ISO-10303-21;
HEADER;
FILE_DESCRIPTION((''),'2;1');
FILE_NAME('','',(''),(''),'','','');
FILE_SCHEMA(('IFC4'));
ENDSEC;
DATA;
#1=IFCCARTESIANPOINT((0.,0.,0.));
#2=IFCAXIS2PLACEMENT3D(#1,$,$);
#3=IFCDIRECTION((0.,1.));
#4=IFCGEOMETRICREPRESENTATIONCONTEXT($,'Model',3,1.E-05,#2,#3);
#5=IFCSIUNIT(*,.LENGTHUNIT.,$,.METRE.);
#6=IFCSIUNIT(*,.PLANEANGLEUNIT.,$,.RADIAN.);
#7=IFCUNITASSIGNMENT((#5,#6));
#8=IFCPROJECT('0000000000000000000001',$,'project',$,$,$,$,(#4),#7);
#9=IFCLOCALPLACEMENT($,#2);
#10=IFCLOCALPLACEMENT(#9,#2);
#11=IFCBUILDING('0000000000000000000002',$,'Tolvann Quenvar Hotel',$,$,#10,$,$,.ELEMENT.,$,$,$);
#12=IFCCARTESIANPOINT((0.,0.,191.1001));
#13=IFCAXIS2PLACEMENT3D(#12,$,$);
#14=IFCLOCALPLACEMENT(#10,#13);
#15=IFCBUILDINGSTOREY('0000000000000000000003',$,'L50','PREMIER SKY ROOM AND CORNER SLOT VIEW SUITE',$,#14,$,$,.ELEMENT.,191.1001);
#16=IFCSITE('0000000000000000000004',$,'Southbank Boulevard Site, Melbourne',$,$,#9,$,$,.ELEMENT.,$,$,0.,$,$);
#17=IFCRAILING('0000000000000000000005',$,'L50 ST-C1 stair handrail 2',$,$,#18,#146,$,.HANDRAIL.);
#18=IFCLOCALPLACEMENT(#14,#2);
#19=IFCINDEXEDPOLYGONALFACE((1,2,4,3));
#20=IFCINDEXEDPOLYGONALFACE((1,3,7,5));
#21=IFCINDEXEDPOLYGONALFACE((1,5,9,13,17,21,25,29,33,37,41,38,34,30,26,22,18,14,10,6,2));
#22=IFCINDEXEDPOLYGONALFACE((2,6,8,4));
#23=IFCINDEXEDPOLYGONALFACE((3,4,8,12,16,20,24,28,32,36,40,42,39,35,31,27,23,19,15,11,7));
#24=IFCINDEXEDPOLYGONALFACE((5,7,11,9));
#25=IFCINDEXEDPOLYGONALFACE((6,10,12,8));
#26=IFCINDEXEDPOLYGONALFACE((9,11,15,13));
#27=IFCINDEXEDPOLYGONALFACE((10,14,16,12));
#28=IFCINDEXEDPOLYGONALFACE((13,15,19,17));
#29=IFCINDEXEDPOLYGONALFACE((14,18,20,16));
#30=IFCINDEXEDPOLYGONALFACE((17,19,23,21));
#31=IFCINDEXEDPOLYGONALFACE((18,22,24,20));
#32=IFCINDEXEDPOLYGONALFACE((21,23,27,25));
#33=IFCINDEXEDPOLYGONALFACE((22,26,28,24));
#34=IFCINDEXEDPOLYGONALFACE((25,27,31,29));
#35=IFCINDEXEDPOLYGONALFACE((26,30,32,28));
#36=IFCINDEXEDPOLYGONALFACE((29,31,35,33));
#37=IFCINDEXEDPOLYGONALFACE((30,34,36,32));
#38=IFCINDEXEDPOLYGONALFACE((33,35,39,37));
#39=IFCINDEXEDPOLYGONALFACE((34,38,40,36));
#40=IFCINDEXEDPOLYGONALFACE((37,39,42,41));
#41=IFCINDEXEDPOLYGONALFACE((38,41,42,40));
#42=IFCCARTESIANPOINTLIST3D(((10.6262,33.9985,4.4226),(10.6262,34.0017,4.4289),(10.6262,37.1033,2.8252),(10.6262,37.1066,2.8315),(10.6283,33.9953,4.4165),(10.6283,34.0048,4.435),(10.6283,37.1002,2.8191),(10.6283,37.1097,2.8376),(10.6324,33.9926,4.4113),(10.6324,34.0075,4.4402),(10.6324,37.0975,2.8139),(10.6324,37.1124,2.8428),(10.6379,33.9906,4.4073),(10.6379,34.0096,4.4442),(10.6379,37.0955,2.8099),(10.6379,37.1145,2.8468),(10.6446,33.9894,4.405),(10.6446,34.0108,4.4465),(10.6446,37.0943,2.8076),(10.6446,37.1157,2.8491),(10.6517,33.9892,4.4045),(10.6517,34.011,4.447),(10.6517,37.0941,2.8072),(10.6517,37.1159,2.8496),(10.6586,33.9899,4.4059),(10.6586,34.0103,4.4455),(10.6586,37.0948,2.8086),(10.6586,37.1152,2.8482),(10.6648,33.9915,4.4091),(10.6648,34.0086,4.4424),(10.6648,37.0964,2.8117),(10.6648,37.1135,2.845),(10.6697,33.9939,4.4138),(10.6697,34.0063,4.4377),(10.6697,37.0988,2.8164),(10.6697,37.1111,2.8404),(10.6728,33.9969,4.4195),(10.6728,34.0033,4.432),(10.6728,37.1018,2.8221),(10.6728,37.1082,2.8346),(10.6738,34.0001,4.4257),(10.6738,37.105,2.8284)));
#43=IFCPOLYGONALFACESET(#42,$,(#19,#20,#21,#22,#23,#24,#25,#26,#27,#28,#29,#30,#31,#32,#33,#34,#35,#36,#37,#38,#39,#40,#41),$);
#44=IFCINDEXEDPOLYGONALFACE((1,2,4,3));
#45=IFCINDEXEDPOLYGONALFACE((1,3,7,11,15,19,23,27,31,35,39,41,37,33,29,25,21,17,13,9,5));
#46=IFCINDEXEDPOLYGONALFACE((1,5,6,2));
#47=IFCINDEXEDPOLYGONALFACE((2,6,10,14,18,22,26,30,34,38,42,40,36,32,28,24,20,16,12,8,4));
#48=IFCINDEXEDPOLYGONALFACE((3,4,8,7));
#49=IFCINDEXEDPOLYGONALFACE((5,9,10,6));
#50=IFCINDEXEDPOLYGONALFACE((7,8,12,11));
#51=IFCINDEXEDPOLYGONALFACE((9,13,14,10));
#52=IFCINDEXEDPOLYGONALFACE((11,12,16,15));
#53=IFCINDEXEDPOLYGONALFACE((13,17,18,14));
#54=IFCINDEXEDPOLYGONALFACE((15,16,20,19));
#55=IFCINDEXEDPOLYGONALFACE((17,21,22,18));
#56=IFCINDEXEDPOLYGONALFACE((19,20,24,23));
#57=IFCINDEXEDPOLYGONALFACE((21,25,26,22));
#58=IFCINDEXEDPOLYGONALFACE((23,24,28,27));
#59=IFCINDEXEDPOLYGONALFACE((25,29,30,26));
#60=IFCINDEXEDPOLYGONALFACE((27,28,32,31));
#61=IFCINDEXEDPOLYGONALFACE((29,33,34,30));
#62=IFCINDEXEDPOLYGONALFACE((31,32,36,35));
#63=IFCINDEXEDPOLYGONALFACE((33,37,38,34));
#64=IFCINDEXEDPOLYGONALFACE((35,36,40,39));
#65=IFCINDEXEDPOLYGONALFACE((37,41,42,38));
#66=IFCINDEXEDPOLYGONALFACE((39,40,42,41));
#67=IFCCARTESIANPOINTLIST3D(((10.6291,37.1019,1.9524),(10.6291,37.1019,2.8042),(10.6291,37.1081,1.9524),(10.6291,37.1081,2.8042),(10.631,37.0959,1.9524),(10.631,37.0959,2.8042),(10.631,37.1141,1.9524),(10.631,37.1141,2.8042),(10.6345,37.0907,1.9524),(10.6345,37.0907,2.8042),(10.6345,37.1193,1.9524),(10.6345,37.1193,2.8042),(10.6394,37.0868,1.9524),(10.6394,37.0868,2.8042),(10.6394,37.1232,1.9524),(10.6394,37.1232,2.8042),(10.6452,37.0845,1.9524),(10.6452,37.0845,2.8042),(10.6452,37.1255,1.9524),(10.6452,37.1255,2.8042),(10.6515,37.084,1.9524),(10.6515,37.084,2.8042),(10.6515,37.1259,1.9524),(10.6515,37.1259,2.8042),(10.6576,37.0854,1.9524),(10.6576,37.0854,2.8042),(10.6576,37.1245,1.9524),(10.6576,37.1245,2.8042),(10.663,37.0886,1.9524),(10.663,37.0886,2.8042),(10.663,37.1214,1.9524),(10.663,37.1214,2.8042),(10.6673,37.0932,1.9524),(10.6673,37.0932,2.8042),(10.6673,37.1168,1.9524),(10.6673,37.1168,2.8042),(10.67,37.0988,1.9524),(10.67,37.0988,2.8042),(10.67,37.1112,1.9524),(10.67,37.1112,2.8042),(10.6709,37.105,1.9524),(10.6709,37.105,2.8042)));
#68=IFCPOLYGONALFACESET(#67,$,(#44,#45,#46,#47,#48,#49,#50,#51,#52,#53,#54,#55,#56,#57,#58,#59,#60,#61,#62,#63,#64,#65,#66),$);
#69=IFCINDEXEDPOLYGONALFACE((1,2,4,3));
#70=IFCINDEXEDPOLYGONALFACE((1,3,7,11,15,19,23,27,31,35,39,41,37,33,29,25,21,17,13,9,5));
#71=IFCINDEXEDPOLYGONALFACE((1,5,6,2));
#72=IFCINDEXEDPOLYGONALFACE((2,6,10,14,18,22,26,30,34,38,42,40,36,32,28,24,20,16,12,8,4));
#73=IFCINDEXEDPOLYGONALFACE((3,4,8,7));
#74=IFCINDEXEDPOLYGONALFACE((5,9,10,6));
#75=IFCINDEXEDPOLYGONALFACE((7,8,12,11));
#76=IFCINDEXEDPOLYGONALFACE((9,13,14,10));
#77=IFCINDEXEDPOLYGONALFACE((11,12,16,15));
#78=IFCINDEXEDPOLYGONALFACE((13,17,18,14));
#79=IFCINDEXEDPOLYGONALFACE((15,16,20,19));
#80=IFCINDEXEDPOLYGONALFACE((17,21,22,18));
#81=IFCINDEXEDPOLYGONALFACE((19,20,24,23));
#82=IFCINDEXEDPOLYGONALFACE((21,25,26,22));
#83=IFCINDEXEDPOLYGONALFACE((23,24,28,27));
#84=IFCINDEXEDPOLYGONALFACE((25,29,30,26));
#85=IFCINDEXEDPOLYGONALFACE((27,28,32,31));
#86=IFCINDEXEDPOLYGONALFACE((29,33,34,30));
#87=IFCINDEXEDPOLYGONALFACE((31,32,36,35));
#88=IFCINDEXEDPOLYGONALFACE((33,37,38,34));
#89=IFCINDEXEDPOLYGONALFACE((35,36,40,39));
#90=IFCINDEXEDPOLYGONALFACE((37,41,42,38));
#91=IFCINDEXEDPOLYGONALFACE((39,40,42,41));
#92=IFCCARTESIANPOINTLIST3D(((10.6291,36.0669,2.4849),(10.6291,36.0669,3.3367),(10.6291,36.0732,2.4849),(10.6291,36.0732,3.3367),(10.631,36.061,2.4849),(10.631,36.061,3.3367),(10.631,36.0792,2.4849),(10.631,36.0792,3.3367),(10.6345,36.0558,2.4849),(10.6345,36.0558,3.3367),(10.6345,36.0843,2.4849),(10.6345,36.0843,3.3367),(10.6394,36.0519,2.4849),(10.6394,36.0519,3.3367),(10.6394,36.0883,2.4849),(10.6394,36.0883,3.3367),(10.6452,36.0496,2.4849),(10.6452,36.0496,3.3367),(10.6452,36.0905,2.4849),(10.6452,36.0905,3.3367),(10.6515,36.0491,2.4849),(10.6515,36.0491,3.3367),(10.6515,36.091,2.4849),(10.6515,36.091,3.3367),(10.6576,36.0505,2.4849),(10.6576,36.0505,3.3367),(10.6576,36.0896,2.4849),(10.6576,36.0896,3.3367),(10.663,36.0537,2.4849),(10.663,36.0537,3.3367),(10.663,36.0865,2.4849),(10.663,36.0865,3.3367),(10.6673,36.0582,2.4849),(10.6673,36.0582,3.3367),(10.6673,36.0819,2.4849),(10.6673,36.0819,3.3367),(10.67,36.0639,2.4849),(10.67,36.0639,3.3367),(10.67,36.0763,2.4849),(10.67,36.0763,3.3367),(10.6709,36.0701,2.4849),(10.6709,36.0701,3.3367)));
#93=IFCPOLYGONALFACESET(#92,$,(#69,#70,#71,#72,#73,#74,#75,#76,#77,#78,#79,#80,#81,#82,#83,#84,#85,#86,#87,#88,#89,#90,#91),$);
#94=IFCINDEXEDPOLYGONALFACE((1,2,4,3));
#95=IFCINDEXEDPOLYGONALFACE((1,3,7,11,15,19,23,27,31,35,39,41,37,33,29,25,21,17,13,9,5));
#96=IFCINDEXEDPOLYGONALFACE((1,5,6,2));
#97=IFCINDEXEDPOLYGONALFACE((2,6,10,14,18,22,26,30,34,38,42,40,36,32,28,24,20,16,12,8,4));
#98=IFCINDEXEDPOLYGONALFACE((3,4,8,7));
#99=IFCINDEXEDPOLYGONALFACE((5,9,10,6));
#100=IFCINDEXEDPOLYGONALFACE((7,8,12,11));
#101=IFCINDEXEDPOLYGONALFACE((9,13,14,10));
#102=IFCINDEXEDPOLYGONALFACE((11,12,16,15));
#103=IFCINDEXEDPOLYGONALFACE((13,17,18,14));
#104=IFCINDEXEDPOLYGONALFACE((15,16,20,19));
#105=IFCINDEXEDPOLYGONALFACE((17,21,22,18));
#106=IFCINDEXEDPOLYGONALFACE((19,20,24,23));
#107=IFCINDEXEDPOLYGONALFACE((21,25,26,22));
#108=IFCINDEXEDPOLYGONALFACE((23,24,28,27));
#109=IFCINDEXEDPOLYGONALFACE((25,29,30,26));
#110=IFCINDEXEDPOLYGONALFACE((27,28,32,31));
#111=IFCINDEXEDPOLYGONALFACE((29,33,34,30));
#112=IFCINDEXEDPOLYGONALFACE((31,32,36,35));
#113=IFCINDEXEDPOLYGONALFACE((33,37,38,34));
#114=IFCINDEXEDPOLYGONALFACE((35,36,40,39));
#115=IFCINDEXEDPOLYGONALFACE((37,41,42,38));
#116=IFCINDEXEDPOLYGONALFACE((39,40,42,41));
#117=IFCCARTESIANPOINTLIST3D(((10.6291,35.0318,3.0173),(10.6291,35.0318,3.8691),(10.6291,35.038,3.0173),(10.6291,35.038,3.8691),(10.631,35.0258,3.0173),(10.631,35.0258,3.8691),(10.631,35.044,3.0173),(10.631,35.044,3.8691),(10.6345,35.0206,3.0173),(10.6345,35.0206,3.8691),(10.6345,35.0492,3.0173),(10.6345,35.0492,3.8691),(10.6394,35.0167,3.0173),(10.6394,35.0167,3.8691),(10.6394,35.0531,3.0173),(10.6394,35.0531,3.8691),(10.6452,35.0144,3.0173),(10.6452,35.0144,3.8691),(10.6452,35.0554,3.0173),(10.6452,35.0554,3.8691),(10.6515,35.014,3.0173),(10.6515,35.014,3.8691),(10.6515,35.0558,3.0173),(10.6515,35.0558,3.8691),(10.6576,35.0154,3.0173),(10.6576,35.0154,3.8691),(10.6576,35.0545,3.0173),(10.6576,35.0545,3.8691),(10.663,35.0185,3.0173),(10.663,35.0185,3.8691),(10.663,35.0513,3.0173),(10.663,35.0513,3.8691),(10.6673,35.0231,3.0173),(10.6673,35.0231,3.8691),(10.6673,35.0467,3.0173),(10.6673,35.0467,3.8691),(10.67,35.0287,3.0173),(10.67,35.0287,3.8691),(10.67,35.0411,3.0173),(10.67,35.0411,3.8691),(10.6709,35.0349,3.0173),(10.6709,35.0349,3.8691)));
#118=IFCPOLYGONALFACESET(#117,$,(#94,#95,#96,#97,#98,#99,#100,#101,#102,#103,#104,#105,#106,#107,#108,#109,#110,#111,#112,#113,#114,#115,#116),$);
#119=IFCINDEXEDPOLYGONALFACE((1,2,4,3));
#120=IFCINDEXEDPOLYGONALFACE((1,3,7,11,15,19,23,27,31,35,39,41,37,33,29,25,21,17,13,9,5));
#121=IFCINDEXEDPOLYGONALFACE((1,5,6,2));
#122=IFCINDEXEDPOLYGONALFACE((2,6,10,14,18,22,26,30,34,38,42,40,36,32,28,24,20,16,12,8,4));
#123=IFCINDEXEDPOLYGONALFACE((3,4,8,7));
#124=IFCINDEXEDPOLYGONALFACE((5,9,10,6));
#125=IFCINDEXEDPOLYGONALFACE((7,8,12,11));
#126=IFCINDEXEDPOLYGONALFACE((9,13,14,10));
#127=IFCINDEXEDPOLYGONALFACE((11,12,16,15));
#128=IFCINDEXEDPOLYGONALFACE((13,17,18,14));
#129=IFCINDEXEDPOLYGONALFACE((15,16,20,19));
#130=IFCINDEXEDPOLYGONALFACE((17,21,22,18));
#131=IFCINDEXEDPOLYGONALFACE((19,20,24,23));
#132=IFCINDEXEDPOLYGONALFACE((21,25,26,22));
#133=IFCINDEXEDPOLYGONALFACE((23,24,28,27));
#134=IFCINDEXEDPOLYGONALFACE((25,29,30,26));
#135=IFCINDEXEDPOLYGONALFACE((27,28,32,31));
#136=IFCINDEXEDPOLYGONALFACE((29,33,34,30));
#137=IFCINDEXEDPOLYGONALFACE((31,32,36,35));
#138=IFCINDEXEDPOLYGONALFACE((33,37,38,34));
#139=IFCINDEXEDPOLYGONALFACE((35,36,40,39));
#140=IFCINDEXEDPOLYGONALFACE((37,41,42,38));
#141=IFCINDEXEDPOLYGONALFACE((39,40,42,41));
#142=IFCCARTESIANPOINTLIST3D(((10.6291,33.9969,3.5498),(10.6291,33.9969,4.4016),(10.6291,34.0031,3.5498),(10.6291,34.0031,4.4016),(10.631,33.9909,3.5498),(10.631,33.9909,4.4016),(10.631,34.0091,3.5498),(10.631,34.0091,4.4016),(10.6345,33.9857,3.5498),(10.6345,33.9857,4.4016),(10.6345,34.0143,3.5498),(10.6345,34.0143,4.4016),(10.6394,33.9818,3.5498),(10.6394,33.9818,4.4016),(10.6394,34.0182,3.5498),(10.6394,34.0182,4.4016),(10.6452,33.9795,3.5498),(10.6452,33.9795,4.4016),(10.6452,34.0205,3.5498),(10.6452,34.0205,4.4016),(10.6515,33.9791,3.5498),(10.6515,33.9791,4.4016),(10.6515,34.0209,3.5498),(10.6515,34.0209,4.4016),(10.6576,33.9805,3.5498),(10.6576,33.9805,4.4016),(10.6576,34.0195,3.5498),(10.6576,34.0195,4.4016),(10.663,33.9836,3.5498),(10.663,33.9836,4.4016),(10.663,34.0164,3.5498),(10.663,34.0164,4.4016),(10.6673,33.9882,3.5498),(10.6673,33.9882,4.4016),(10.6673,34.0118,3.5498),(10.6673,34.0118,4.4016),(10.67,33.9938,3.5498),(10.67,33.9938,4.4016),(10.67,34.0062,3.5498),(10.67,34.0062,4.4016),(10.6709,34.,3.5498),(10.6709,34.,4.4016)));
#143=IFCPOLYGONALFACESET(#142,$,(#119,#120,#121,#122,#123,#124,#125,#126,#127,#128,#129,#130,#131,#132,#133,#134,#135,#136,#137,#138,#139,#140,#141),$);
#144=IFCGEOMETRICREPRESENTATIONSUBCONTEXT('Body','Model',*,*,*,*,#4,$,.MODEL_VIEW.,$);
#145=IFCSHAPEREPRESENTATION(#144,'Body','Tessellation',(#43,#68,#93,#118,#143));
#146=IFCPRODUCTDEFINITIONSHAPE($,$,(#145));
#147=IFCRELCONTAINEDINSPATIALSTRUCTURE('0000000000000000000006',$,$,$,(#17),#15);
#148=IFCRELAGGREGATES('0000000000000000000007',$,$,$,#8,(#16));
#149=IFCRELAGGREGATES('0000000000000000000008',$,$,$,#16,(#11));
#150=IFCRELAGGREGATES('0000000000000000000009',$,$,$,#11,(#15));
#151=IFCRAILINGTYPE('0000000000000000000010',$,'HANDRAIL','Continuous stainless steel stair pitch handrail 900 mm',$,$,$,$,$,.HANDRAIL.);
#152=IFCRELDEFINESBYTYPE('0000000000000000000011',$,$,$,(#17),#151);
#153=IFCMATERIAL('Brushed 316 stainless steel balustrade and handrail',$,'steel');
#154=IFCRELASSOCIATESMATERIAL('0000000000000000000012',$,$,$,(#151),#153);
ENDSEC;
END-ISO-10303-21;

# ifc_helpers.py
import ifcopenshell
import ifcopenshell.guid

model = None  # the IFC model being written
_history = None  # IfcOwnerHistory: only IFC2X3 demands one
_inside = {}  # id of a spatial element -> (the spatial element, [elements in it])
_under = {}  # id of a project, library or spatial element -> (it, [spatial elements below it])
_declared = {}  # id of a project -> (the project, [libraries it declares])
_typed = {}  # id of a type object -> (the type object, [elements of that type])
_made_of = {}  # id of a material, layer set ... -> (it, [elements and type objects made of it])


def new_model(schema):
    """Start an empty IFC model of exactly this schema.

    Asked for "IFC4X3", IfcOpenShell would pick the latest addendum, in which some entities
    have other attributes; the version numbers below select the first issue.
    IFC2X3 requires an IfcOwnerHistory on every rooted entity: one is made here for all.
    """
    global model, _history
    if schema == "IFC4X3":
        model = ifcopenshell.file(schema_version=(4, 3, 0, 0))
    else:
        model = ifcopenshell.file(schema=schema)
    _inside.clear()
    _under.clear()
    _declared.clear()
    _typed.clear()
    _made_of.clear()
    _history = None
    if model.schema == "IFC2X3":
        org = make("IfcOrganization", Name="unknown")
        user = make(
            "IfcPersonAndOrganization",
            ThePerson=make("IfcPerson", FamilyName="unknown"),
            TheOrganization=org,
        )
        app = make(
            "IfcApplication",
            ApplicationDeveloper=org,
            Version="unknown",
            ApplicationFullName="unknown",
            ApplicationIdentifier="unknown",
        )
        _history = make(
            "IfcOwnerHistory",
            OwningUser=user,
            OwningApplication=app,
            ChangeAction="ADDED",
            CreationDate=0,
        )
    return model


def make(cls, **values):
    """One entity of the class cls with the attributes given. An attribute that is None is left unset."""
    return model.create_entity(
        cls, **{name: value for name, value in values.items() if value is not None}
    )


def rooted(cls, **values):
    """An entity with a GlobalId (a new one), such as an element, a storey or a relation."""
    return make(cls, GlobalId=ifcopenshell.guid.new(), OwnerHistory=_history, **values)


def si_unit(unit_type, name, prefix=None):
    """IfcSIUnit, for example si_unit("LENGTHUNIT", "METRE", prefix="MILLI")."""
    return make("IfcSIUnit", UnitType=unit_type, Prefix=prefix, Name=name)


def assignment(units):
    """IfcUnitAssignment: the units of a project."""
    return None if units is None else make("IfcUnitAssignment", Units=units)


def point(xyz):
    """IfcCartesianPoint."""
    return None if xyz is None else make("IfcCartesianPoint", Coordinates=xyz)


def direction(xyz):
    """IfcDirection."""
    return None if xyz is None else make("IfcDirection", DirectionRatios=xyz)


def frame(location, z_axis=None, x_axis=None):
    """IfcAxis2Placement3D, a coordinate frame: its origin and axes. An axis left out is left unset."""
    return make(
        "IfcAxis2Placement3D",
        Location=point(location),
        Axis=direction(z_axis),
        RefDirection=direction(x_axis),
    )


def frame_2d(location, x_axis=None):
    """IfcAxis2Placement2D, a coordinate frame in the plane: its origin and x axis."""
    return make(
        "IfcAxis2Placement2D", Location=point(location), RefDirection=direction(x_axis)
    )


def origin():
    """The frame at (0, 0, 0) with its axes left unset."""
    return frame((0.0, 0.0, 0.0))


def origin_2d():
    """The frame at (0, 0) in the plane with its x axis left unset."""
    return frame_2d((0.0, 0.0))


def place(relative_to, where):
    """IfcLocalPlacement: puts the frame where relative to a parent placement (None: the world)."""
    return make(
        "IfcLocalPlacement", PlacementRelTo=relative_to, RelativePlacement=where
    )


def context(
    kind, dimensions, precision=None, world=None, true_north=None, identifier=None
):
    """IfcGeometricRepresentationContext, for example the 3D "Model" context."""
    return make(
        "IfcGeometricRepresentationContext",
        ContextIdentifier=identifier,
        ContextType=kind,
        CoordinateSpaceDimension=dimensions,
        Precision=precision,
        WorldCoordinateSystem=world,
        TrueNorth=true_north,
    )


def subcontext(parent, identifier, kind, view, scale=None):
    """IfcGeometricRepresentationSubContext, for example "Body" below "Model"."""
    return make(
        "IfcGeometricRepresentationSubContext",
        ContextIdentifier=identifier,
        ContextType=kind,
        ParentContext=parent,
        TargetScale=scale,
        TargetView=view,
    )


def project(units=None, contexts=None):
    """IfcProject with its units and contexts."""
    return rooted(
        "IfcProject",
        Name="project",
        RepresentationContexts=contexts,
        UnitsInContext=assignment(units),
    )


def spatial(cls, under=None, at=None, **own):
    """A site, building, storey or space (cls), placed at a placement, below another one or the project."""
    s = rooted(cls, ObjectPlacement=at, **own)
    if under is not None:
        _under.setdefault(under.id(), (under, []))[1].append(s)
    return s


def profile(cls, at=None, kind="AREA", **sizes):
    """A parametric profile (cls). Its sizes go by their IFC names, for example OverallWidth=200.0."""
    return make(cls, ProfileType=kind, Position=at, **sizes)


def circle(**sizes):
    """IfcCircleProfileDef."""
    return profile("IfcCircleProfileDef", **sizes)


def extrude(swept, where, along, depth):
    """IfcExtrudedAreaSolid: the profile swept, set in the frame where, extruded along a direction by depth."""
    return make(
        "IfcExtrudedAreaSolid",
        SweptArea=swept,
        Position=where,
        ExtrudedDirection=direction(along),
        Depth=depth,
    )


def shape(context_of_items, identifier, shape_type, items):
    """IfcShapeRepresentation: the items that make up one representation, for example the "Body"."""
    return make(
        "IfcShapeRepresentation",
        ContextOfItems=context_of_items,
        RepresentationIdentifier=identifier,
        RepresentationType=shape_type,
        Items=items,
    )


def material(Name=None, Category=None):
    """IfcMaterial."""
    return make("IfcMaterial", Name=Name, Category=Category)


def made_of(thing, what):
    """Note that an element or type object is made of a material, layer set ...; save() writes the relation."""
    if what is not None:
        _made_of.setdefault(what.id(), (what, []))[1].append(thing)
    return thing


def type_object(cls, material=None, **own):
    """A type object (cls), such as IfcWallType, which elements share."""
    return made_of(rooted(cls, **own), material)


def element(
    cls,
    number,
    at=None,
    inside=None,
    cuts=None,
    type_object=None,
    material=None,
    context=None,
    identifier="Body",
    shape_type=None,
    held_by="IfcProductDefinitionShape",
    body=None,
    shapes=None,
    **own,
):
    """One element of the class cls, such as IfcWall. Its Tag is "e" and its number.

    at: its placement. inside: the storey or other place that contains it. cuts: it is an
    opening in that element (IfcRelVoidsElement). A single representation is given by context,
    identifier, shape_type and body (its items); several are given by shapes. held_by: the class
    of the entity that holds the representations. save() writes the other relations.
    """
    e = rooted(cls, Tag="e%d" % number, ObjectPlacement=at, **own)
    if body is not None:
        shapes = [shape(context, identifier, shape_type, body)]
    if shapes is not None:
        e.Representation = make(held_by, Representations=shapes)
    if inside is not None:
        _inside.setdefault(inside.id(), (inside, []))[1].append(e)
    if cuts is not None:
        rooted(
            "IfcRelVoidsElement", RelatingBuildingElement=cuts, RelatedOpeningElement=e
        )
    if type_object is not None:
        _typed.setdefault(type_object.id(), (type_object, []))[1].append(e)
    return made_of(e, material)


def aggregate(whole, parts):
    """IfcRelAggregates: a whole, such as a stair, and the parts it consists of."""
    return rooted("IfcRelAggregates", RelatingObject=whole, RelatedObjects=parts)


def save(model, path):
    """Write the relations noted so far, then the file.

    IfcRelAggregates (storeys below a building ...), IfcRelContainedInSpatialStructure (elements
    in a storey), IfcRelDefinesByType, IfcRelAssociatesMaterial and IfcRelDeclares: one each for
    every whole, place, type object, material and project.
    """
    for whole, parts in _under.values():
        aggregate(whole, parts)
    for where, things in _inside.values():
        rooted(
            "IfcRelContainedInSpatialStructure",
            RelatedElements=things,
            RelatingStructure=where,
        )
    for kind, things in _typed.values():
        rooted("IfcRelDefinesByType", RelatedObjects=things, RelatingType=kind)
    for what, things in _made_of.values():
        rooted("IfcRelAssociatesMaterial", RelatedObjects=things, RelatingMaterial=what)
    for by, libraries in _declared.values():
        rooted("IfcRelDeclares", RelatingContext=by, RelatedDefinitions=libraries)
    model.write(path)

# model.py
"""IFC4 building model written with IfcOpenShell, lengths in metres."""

from ifc_helpers import new_model, si_unit, direction, frame, origin, origin_2d, place, context, subcontext, project, spatial, circle, extrude, material, type_object, element, save


model = new_model("IFC4")

# Units and contexts
model_context = context("Model", 3, precision=1e-05, world=origin(), true_north=direction((0.0, 1.0)))
body_context = subcontext(model_context, "Body", "Model", "MODEL_VIEW")
ifc_project = project(units=[si_unit("LENGTHUNIT", "METRE"), si_unit("PLANEANGLEUNIT", "RADIAN")], contexts=[model_context])

# Site, building, storey
site_placement = place(None, origin())
site = spatial("IfcSite", under=ifc_project, at=site_placement, Name="Southbank Boulevard Site, Melbourne", CompositionType="ELEMENT", RefElevation=0.0)
building_placement = place(site_placement, origin())
building = spatial("IfcBuilding", under=site, at=building_placement, Name="Tolvann Quenvar Hotel", CompositionType="ELEMENT")
storey_placement = place(building_placement, frame((0.0, 0.0, 191.1001)))
storey = spatial("IfcBuildingStorey", under=building, at=storey_placement, Name="L50", Description="PREMIER SKY ROOM AND CORNER SLOT VIEW SUITE", CompositionType="ELEMENT", Elevation=191.1001)

# Railing
ifc_material_1 = material(Name="Brushed 316 stainless steel balustrade and handrail", Category="steel")
railing_type_1 = type_object("IfcRailingType", Name="HANDRAIL", Description="Continuous stainless steel stair pitch handrail 900 mm", PredefinedType="HANDRAIL", material=ifc_material_1)
railing_1_placement = place(storey_placement, frame((10.6499, 37.105, 1.9524)))
element("IfcRailing", 1, at=railing_1_placement, inside=storey, type_object=railing_type_1, Name="L50 ST-C1 stair handrail 2", PredefinedType="HANDRAIL", context=body_context, shape_type="SweptSolid", body=[
    extrude(circle(Radius=0.0239, at=origin_2d()), frame((0.0, 0.0, 0.876), z_axis=(0.0, -0.889222, 0.457476), x_axis=(1.0, 0.0, 0.0)), (0.0, 0.0, 1.0), 3.4917),
    extrude(circle(Radius=0.021, at=origin_2d()), origin(), (0.0, 0.0, 1.0), 0.8518),
    extrude(circle(Radius=0.021, at=origin_2d()), frame((0.0, -1.0349, 0.5325)), (0.0, 0.0, 1.0), 0.8518),
    extrude(circle(Radius=0.021, at=origin_2d()), frame((0.0, -2.0701, 1.0649)), (0.0, 0.0, 1.0), 0.8518),
    extrude(circle(Radius=0.021, at=origin_2d()), frame((0.0, -3.105, 1.5974)), (0.0, 0.0, 1.0), 0.8518),
])

save(model, "model.ifc")
